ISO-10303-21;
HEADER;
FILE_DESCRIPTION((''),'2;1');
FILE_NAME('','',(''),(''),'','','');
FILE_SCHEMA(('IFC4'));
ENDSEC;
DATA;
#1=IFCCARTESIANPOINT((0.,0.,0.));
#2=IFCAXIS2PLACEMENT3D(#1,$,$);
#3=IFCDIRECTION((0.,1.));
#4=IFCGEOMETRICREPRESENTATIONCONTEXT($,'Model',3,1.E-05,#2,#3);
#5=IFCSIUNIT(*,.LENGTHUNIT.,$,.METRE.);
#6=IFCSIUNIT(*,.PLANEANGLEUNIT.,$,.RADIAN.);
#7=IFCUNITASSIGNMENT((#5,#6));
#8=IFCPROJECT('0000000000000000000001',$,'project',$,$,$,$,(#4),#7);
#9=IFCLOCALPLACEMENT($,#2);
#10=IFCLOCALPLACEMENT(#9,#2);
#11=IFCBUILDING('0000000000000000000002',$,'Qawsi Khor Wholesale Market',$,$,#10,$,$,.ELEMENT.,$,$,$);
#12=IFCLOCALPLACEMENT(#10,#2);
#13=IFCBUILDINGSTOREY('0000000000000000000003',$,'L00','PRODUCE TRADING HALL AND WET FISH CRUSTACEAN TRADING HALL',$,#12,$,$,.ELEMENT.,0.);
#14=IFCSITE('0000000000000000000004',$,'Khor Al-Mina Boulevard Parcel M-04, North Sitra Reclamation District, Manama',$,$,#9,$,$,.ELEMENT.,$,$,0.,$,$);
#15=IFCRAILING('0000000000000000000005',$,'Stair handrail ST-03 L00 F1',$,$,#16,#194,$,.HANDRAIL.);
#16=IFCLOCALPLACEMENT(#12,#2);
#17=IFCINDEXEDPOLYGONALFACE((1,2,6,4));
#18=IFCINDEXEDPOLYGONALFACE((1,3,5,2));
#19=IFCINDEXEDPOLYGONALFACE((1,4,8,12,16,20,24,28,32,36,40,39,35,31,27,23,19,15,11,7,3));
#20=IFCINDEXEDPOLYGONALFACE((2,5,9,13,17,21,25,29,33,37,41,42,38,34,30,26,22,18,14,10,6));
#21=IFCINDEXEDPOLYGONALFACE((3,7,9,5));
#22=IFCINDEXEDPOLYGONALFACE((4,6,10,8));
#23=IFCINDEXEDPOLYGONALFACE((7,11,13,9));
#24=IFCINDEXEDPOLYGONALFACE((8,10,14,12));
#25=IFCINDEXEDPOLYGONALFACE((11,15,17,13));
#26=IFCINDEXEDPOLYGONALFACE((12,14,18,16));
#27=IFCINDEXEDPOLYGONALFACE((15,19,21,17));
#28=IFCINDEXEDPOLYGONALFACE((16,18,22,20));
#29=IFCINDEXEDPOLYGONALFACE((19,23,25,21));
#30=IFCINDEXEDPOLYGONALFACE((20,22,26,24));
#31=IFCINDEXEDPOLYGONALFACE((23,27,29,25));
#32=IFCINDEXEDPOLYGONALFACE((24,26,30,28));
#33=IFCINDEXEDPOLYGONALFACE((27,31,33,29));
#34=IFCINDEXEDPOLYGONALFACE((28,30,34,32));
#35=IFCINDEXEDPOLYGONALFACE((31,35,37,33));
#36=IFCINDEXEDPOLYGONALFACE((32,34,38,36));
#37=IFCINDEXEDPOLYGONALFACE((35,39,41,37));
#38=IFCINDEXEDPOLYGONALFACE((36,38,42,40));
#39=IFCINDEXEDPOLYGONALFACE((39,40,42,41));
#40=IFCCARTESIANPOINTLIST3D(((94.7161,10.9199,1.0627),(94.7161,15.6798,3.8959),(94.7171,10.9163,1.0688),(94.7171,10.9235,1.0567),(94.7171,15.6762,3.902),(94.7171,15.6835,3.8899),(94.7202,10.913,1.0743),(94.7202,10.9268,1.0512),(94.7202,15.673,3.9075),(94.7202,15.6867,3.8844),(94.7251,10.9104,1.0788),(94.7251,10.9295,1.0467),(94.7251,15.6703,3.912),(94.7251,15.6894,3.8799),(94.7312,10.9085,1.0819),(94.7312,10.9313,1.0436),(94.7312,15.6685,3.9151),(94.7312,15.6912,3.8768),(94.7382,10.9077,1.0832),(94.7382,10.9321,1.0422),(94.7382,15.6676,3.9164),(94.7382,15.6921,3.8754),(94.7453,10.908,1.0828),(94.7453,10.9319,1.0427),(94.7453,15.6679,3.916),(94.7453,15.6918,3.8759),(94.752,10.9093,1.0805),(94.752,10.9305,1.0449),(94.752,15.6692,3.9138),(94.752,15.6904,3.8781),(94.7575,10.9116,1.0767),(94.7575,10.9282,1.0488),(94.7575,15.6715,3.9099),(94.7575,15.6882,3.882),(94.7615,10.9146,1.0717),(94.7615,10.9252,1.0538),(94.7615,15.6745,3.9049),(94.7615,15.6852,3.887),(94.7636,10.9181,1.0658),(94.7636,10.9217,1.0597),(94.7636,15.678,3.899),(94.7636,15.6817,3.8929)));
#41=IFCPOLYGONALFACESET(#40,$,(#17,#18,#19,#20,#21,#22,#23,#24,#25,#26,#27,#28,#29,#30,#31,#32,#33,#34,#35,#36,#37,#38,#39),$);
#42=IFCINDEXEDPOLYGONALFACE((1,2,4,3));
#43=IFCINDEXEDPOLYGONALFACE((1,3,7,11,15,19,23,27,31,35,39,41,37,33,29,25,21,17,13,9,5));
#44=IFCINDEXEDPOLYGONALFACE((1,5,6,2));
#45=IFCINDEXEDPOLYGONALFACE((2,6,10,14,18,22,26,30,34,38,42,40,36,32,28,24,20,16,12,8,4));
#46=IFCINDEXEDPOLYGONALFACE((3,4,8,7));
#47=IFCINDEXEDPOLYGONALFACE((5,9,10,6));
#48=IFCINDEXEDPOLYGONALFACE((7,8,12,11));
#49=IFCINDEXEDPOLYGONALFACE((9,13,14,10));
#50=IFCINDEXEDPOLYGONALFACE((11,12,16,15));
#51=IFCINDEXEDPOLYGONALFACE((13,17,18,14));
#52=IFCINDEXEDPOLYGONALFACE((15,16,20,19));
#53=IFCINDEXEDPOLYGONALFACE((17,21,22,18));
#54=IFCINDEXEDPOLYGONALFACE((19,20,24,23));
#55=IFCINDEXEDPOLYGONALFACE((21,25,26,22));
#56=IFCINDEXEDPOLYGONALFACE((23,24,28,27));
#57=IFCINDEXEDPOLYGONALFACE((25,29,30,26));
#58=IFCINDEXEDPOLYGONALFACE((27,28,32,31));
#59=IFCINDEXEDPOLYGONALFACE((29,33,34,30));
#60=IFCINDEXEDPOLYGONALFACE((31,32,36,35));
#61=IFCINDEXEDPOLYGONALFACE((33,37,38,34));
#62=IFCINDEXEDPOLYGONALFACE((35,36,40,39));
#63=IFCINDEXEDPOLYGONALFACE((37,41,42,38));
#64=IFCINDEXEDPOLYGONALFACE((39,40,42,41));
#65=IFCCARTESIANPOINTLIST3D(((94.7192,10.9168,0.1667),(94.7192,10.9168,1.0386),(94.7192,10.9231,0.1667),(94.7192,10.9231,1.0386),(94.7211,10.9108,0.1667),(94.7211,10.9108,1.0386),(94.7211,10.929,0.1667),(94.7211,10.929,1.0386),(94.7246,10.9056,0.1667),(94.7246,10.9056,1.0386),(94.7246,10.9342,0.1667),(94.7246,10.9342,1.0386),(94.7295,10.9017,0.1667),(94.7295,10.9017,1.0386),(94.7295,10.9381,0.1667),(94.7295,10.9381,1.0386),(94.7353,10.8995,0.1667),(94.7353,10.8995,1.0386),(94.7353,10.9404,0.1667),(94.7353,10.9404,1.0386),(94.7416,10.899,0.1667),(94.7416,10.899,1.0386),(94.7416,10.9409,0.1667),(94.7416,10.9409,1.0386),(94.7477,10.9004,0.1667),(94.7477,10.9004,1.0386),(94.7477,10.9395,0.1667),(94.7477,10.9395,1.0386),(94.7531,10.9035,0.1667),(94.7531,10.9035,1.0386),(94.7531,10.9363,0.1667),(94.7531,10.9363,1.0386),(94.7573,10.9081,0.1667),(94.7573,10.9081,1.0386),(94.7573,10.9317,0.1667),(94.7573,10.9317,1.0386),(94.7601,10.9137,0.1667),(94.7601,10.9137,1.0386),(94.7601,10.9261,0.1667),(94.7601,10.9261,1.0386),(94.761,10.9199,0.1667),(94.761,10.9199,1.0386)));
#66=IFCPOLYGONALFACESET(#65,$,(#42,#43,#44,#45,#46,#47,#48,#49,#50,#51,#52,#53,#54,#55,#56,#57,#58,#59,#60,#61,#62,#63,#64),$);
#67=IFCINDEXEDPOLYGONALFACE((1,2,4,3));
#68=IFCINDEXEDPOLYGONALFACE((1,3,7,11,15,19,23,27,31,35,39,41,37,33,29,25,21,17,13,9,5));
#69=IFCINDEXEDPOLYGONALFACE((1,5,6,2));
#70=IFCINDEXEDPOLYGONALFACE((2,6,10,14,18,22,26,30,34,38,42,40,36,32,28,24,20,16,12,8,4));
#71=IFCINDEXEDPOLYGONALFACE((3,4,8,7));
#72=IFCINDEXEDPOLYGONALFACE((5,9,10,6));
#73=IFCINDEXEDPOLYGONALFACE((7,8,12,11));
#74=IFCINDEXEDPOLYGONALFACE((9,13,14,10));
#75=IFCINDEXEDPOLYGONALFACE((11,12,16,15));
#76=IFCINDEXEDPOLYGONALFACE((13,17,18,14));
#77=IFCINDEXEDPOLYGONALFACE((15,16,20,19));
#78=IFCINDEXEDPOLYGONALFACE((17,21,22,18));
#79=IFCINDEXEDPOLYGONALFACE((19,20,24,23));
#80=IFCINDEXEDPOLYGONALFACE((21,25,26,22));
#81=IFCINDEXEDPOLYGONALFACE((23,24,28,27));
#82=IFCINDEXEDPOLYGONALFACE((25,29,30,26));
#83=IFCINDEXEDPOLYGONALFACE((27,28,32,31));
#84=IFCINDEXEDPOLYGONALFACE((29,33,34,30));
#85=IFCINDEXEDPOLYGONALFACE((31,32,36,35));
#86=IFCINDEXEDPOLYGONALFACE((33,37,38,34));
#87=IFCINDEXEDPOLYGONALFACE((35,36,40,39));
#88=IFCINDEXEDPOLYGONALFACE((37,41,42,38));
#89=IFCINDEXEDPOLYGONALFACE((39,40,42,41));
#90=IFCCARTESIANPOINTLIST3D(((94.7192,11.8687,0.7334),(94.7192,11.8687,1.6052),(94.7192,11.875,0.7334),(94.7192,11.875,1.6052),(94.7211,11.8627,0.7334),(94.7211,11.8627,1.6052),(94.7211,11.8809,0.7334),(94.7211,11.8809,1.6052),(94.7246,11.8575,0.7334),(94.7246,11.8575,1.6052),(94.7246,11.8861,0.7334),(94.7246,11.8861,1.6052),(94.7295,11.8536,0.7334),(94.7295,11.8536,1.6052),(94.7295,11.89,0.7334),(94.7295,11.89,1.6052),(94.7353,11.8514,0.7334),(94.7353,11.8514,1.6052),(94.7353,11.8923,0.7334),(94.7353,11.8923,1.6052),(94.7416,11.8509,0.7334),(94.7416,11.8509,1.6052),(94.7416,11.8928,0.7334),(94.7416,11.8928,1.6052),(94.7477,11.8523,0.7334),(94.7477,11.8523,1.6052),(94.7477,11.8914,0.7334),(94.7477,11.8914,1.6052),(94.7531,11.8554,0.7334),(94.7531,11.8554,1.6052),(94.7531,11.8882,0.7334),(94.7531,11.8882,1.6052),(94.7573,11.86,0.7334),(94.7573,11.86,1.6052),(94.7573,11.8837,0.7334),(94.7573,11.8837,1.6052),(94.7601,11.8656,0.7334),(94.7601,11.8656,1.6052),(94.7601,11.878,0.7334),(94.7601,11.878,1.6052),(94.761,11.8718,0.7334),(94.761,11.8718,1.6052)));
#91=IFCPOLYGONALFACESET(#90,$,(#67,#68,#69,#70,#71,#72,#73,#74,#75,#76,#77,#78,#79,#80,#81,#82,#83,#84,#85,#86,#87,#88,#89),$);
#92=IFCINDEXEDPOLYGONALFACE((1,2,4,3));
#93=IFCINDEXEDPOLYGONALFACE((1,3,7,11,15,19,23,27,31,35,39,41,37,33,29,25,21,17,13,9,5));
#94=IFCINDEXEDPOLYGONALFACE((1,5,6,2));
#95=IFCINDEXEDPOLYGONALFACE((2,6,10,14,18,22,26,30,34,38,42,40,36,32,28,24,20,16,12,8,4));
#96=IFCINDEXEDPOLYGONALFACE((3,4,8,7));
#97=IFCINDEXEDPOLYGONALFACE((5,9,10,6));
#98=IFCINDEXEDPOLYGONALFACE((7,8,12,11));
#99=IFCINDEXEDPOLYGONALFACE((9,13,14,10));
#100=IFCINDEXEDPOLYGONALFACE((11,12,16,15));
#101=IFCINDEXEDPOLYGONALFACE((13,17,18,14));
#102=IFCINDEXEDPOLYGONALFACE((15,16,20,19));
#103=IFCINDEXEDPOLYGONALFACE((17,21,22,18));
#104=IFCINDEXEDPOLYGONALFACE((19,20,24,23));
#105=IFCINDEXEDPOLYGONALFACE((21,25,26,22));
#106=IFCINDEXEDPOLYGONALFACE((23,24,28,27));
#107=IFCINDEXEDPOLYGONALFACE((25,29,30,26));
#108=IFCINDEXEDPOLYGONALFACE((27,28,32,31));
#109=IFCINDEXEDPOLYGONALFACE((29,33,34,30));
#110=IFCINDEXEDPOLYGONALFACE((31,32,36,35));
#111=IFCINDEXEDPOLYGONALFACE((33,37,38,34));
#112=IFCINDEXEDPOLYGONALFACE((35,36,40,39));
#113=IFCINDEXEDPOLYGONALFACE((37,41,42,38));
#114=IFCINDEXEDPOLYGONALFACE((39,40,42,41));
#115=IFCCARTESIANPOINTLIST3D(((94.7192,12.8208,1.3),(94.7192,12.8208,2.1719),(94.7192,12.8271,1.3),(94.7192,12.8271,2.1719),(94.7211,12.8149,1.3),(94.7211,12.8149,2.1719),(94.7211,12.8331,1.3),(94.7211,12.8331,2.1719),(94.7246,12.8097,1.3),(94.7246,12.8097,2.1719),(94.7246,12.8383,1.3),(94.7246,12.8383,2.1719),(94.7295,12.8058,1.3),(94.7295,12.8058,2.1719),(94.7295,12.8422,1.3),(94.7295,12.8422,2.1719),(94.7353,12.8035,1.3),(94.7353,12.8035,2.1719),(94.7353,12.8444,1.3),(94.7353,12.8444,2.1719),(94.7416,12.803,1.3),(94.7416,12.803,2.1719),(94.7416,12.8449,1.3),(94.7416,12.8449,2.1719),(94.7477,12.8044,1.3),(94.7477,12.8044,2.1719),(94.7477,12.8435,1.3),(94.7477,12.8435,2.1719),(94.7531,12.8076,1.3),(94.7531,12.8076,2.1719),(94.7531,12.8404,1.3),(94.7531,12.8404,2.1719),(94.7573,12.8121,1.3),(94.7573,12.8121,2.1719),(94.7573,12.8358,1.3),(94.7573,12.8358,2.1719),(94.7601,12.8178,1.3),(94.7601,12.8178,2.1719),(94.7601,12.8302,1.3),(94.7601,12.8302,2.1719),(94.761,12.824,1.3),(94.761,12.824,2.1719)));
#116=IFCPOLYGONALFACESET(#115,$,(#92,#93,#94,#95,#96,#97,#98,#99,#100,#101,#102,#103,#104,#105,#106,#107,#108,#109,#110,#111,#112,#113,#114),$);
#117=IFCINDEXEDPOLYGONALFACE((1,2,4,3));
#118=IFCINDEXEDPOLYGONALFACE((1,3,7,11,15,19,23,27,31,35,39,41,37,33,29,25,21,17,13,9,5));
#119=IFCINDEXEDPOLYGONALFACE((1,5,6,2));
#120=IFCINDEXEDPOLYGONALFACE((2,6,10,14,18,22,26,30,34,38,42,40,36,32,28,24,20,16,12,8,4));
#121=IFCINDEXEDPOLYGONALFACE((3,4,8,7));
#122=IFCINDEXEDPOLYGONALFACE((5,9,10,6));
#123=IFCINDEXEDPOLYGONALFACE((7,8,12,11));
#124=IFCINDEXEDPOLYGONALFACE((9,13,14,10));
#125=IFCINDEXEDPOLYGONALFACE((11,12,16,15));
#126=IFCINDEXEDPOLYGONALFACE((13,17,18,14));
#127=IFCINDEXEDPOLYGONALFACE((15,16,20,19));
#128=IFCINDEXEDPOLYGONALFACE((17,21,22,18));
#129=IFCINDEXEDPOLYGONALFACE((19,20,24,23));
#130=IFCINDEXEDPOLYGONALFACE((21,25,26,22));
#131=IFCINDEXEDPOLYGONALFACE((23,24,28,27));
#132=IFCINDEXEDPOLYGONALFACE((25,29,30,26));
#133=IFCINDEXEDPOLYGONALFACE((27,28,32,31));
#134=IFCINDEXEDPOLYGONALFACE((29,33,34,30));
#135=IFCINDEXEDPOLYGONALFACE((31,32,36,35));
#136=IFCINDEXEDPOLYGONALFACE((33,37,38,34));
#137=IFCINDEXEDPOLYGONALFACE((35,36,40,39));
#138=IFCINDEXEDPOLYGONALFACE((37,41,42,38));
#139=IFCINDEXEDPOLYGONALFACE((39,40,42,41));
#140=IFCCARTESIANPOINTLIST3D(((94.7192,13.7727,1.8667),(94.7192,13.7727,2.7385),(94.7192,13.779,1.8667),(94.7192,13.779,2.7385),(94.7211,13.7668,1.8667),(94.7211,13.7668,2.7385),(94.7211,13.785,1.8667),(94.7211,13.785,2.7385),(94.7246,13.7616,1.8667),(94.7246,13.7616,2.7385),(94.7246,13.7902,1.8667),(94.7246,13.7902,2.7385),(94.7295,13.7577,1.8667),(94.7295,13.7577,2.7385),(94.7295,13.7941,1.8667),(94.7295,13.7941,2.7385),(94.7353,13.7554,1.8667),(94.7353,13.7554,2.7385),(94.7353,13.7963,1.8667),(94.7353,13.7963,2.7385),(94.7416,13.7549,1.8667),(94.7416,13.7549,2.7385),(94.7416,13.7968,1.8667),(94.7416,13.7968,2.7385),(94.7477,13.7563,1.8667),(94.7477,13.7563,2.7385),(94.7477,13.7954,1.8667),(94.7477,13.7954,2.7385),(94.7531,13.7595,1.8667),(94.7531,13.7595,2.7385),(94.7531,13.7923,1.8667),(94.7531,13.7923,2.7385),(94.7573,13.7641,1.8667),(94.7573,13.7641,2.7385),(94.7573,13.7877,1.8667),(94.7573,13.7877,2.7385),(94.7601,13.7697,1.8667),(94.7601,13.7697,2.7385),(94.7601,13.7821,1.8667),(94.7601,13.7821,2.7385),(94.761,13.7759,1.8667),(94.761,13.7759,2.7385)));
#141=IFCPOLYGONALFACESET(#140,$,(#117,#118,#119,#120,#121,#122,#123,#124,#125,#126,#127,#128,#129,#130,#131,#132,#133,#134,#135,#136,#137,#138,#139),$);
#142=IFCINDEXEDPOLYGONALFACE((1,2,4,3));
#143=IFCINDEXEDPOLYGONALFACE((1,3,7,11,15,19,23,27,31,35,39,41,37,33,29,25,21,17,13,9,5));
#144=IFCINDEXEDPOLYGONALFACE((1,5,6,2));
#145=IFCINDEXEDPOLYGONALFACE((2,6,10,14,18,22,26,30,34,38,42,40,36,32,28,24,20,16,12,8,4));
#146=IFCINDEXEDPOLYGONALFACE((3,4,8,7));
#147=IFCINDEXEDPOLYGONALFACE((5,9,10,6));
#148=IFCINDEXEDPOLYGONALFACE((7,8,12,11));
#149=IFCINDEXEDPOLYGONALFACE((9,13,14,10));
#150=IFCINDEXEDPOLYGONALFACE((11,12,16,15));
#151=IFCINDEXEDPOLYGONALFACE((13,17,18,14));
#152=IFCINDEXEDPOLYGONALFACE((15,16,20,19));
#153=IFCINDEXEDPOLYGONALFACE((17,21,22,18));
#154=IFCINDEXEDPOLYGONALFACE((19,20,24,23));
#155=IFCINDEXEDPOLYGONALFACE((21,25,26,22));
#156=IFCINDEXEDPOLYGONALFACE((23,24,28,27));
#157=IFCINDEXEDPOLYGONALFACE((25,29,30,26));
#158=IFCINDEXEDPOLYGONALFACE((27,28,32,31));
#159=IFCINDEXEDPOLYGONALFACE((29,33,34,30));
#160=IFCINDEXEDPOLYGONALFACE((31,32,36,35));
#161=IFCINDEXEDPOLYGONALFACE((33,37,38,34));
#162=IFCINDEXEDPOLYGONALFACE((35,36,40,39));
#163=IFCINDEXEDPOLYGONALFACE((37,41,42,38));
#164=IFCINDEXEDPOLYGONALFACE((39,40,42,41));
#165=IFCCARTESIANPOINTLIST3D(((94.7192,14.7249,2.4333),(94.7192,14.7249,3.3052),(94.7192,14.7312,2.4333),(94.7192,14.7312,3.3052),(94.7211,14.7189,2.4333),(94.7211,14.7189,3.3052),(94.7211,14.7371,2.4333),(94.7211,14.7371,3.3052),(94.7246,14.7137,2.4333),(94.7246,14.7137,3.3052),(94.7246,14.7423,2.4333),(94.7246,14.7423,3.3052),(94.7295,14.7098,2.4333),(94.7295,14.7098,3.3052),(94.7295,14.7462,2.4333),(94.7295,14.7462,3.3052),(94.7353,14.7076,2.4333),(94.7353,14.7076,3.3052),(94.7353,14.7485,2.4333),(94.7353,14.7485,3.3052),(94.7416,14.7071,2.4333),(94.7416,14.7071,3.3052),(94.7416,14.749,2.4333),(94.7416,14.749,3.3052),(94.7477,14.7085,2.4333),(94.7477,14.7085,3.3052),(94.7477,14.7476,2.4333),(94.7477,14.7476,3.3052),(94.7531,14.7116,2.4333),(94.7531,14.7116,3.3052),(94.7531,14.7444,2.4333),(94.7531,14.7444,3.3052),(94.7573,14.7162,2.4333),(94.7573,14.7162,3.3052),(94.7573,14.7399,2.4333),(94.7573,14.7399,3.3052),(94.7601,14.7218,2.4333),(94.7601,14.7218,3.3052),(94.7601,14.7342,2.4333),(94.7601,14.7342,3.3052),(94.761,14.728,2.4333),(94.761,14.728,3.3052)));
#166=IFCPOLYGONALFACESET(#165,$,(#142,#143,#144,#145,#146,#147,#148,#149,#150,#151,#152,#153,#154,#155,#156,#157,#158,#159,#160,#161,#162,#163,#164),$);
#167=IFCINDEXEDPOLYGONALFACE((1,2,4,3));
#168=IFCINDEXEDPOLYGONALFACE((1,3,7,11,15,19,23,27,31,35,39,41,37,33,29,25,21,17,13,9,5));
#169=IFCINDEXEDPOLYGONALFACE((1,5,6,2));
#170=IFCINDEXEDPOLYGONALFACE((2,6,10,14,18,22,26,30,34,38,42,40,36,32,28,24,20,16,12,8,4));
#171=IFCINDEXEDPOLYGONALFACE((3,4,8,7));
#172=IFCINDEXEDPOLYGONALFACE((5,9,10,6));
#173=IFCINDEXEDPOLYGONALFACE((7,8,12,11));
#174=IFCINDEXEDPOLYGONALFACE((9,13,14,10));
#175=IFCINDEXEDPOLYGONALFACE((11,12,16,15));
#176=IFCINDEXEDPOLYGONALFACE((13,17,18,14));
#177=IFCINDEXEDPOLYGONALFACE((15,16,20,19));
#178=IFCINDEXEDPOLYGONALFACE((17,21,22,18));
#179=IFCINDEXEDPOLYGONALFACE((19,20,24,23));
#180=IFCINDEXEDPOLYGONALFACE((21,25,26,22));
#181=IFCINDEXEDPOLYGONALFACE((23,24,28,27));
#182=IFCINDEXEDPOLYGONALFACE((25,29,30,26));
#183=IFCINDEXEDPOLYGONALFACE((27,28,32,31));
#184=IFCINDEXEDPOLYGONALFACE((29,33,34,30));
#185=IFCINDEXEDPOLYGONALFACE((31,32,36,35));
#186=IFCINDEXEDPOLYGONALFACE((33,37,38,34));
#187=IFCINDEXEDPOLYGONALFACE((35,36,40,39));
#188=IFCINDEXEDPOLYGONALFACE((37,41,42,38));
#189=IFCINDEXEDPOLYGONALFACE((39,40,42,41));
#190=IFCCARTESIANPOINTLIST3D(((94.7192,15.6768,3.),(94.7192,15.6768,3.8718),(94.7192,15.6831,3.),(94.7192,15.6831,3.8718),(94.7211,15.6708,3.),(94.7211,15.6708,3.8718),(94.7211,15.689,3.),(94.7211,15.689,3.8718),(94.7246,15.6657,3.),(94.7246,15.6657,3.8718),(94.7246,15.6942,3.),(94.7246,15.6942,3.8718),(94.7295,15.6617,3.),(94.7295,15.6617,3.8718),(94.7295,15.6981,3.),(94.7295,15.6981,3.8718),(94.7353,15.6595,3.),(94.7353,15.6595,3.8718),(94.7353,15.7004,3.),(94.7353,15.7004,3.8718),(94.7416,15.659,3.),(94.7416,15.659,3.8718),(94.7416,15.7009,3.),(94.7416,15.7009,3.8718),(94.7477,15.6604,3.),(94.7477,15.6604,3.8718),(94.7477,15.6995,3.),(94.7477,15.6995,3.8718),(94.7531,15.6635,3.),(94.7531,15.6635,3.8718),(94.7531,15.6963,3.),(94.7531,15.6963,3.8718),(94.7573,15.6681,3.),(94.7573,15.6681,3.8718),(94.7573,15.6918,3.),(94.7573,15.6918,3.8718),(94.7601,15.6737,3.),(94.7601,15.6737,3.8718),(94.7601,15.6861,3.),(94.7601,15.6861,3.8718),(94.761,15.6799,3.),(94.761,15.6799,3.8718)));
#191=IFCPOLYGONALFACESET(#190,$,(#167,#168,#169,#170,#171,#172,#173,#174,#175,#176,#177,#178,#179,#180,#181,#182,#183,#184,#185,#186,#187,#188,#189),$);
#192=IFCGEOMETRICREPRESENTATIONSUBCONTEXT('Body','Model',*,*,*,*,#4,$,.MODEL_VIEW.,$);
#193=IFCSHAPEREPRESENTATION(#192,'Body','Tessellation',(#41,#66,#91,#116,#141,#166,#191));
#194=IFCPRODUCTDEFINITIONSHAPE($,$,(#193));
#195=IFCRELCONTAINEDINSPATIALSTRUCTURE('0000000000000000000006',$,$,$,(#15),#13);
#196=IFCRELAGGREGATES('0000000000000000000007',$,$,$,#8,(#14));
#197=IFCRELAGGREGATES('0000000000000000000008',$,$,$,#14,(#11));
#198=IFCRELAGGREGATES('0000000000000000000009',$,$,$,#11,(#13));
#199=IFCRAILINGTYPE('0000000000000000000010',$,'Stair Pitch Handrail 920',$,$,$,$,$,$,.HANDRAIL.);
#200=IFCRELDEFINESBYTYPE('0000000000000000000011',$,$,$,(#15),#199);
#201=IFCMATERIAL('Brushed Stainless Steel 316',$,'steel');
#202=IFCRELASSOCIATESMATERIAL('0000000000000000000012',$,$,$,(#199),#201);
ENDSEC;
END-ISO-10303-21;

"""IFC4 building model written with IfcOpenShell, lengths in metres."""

from ifc_helpers import new_model, si_unit, direction, frame, origin, origin_2d, place, context, subcontext, project, spatial, circle, extrude, material, type_object, element, save


model = new_model("IFC4")

# Units and contexts
model_context = context("Model", 3, precision=1e-05, world=origin(), true_north=direction((0.0, 1.0)))
body_context = subcontext(model_context, "Body", "Model", "MODEL_VIEW")
ifc_project = project(units=[si_unit("LENGTHUNIT", "METRE"), si_unit("PLANEANGLEUNIT", "RADIAN")], contexts=[model_context])

# Site, building, storey
site_placement = place(None, origin())
site = spatial("IfcSite", under=ifc_project, at=site_placement, Name="Khor Al-Mina Boulevard Parcel M-04, North Sitra Reclamation District, Manama", CompositionType="ELEMENT", RefElevation=0.0)
building_placement = place(site_placement, origin())
building = spatial("IfcBuilding", under=site, at=building_placement, Name="Qawsi Khor Wholesale Market", CompositionType="ELEMENT")
storey_placement = place(building_placement, origin())
storey = spatial("IfcBuildingStorey", under=building, at=storey_placement, Name="L00", Description="PRODUCE TRADING HALL AND WET FISH CRUSTACEAN TRADING HALL", CompositionType="ELEMENT", Elevation=0.0)

# Railing
ifc_material_1 = material(Name="Brushed Stainless Steel 316", Category="steel")
railing_type = type_object("IfcRailingType", Name="Stair Pitch Handrail 920", PredefinedType="HANDRAIL", material=ifc_material_1)
railing_1_placement = place(storey_placement, frame((94.74, 10.9199, 0.1667)))
element("IfcRailing", 1, at=railing_1_placement, inside=storey, type_object=railing_type, Name="Stair handrail ST-03 L00 F1", PredefinedType="HANDRAIL", context=body_context, shape_type="SweptSolid", body=[
    extrude(circle(Radius=0.0239, at=origin_2d()), frame((0.0, 0.0, 0.896), z_axis=(0.0, 0.8593, 0.511472), x_axis=(-1.0, 0.0, 0.0)), (0.0, 0.0, 1.0), 5.5393),
    extrude(circle(Radius=0.021, at=origin_2d()), origin(), (0.0, 0.0, 1.0), 0.8718),
    extrude(circle(Radius=0.021, at=origin_2d()), frame((0.0, 0.9519, 0.5667)), (0.0, 0.0, 1.0), 0.8718),
    extrude(circle(Radius=0.021, at=origin_2d()), frame((0.0, 1.9041, 1.1333)), (0.0, 0.0, 1.0), 0.8718),
    extrude(circle(Radius=0.021, at=origin_2d()), frame((0.0, 2.856, 1.7)), (0.0, 0.0, 1.0), 0.8718),
    extrude(circle(Radius=0.021, at=origin_2d()), frame((0.0, 3.8081, 2.2666)), (0.0, 0.0, 1.0), 0.8718),
    extrude(circle(Radius=0.021, at=origin_2d()), frame((0.0, 4.76, 2.8333)), (0.0, 0.0, 1.0), 0.8718),
])

save(model, "model.ifc")
